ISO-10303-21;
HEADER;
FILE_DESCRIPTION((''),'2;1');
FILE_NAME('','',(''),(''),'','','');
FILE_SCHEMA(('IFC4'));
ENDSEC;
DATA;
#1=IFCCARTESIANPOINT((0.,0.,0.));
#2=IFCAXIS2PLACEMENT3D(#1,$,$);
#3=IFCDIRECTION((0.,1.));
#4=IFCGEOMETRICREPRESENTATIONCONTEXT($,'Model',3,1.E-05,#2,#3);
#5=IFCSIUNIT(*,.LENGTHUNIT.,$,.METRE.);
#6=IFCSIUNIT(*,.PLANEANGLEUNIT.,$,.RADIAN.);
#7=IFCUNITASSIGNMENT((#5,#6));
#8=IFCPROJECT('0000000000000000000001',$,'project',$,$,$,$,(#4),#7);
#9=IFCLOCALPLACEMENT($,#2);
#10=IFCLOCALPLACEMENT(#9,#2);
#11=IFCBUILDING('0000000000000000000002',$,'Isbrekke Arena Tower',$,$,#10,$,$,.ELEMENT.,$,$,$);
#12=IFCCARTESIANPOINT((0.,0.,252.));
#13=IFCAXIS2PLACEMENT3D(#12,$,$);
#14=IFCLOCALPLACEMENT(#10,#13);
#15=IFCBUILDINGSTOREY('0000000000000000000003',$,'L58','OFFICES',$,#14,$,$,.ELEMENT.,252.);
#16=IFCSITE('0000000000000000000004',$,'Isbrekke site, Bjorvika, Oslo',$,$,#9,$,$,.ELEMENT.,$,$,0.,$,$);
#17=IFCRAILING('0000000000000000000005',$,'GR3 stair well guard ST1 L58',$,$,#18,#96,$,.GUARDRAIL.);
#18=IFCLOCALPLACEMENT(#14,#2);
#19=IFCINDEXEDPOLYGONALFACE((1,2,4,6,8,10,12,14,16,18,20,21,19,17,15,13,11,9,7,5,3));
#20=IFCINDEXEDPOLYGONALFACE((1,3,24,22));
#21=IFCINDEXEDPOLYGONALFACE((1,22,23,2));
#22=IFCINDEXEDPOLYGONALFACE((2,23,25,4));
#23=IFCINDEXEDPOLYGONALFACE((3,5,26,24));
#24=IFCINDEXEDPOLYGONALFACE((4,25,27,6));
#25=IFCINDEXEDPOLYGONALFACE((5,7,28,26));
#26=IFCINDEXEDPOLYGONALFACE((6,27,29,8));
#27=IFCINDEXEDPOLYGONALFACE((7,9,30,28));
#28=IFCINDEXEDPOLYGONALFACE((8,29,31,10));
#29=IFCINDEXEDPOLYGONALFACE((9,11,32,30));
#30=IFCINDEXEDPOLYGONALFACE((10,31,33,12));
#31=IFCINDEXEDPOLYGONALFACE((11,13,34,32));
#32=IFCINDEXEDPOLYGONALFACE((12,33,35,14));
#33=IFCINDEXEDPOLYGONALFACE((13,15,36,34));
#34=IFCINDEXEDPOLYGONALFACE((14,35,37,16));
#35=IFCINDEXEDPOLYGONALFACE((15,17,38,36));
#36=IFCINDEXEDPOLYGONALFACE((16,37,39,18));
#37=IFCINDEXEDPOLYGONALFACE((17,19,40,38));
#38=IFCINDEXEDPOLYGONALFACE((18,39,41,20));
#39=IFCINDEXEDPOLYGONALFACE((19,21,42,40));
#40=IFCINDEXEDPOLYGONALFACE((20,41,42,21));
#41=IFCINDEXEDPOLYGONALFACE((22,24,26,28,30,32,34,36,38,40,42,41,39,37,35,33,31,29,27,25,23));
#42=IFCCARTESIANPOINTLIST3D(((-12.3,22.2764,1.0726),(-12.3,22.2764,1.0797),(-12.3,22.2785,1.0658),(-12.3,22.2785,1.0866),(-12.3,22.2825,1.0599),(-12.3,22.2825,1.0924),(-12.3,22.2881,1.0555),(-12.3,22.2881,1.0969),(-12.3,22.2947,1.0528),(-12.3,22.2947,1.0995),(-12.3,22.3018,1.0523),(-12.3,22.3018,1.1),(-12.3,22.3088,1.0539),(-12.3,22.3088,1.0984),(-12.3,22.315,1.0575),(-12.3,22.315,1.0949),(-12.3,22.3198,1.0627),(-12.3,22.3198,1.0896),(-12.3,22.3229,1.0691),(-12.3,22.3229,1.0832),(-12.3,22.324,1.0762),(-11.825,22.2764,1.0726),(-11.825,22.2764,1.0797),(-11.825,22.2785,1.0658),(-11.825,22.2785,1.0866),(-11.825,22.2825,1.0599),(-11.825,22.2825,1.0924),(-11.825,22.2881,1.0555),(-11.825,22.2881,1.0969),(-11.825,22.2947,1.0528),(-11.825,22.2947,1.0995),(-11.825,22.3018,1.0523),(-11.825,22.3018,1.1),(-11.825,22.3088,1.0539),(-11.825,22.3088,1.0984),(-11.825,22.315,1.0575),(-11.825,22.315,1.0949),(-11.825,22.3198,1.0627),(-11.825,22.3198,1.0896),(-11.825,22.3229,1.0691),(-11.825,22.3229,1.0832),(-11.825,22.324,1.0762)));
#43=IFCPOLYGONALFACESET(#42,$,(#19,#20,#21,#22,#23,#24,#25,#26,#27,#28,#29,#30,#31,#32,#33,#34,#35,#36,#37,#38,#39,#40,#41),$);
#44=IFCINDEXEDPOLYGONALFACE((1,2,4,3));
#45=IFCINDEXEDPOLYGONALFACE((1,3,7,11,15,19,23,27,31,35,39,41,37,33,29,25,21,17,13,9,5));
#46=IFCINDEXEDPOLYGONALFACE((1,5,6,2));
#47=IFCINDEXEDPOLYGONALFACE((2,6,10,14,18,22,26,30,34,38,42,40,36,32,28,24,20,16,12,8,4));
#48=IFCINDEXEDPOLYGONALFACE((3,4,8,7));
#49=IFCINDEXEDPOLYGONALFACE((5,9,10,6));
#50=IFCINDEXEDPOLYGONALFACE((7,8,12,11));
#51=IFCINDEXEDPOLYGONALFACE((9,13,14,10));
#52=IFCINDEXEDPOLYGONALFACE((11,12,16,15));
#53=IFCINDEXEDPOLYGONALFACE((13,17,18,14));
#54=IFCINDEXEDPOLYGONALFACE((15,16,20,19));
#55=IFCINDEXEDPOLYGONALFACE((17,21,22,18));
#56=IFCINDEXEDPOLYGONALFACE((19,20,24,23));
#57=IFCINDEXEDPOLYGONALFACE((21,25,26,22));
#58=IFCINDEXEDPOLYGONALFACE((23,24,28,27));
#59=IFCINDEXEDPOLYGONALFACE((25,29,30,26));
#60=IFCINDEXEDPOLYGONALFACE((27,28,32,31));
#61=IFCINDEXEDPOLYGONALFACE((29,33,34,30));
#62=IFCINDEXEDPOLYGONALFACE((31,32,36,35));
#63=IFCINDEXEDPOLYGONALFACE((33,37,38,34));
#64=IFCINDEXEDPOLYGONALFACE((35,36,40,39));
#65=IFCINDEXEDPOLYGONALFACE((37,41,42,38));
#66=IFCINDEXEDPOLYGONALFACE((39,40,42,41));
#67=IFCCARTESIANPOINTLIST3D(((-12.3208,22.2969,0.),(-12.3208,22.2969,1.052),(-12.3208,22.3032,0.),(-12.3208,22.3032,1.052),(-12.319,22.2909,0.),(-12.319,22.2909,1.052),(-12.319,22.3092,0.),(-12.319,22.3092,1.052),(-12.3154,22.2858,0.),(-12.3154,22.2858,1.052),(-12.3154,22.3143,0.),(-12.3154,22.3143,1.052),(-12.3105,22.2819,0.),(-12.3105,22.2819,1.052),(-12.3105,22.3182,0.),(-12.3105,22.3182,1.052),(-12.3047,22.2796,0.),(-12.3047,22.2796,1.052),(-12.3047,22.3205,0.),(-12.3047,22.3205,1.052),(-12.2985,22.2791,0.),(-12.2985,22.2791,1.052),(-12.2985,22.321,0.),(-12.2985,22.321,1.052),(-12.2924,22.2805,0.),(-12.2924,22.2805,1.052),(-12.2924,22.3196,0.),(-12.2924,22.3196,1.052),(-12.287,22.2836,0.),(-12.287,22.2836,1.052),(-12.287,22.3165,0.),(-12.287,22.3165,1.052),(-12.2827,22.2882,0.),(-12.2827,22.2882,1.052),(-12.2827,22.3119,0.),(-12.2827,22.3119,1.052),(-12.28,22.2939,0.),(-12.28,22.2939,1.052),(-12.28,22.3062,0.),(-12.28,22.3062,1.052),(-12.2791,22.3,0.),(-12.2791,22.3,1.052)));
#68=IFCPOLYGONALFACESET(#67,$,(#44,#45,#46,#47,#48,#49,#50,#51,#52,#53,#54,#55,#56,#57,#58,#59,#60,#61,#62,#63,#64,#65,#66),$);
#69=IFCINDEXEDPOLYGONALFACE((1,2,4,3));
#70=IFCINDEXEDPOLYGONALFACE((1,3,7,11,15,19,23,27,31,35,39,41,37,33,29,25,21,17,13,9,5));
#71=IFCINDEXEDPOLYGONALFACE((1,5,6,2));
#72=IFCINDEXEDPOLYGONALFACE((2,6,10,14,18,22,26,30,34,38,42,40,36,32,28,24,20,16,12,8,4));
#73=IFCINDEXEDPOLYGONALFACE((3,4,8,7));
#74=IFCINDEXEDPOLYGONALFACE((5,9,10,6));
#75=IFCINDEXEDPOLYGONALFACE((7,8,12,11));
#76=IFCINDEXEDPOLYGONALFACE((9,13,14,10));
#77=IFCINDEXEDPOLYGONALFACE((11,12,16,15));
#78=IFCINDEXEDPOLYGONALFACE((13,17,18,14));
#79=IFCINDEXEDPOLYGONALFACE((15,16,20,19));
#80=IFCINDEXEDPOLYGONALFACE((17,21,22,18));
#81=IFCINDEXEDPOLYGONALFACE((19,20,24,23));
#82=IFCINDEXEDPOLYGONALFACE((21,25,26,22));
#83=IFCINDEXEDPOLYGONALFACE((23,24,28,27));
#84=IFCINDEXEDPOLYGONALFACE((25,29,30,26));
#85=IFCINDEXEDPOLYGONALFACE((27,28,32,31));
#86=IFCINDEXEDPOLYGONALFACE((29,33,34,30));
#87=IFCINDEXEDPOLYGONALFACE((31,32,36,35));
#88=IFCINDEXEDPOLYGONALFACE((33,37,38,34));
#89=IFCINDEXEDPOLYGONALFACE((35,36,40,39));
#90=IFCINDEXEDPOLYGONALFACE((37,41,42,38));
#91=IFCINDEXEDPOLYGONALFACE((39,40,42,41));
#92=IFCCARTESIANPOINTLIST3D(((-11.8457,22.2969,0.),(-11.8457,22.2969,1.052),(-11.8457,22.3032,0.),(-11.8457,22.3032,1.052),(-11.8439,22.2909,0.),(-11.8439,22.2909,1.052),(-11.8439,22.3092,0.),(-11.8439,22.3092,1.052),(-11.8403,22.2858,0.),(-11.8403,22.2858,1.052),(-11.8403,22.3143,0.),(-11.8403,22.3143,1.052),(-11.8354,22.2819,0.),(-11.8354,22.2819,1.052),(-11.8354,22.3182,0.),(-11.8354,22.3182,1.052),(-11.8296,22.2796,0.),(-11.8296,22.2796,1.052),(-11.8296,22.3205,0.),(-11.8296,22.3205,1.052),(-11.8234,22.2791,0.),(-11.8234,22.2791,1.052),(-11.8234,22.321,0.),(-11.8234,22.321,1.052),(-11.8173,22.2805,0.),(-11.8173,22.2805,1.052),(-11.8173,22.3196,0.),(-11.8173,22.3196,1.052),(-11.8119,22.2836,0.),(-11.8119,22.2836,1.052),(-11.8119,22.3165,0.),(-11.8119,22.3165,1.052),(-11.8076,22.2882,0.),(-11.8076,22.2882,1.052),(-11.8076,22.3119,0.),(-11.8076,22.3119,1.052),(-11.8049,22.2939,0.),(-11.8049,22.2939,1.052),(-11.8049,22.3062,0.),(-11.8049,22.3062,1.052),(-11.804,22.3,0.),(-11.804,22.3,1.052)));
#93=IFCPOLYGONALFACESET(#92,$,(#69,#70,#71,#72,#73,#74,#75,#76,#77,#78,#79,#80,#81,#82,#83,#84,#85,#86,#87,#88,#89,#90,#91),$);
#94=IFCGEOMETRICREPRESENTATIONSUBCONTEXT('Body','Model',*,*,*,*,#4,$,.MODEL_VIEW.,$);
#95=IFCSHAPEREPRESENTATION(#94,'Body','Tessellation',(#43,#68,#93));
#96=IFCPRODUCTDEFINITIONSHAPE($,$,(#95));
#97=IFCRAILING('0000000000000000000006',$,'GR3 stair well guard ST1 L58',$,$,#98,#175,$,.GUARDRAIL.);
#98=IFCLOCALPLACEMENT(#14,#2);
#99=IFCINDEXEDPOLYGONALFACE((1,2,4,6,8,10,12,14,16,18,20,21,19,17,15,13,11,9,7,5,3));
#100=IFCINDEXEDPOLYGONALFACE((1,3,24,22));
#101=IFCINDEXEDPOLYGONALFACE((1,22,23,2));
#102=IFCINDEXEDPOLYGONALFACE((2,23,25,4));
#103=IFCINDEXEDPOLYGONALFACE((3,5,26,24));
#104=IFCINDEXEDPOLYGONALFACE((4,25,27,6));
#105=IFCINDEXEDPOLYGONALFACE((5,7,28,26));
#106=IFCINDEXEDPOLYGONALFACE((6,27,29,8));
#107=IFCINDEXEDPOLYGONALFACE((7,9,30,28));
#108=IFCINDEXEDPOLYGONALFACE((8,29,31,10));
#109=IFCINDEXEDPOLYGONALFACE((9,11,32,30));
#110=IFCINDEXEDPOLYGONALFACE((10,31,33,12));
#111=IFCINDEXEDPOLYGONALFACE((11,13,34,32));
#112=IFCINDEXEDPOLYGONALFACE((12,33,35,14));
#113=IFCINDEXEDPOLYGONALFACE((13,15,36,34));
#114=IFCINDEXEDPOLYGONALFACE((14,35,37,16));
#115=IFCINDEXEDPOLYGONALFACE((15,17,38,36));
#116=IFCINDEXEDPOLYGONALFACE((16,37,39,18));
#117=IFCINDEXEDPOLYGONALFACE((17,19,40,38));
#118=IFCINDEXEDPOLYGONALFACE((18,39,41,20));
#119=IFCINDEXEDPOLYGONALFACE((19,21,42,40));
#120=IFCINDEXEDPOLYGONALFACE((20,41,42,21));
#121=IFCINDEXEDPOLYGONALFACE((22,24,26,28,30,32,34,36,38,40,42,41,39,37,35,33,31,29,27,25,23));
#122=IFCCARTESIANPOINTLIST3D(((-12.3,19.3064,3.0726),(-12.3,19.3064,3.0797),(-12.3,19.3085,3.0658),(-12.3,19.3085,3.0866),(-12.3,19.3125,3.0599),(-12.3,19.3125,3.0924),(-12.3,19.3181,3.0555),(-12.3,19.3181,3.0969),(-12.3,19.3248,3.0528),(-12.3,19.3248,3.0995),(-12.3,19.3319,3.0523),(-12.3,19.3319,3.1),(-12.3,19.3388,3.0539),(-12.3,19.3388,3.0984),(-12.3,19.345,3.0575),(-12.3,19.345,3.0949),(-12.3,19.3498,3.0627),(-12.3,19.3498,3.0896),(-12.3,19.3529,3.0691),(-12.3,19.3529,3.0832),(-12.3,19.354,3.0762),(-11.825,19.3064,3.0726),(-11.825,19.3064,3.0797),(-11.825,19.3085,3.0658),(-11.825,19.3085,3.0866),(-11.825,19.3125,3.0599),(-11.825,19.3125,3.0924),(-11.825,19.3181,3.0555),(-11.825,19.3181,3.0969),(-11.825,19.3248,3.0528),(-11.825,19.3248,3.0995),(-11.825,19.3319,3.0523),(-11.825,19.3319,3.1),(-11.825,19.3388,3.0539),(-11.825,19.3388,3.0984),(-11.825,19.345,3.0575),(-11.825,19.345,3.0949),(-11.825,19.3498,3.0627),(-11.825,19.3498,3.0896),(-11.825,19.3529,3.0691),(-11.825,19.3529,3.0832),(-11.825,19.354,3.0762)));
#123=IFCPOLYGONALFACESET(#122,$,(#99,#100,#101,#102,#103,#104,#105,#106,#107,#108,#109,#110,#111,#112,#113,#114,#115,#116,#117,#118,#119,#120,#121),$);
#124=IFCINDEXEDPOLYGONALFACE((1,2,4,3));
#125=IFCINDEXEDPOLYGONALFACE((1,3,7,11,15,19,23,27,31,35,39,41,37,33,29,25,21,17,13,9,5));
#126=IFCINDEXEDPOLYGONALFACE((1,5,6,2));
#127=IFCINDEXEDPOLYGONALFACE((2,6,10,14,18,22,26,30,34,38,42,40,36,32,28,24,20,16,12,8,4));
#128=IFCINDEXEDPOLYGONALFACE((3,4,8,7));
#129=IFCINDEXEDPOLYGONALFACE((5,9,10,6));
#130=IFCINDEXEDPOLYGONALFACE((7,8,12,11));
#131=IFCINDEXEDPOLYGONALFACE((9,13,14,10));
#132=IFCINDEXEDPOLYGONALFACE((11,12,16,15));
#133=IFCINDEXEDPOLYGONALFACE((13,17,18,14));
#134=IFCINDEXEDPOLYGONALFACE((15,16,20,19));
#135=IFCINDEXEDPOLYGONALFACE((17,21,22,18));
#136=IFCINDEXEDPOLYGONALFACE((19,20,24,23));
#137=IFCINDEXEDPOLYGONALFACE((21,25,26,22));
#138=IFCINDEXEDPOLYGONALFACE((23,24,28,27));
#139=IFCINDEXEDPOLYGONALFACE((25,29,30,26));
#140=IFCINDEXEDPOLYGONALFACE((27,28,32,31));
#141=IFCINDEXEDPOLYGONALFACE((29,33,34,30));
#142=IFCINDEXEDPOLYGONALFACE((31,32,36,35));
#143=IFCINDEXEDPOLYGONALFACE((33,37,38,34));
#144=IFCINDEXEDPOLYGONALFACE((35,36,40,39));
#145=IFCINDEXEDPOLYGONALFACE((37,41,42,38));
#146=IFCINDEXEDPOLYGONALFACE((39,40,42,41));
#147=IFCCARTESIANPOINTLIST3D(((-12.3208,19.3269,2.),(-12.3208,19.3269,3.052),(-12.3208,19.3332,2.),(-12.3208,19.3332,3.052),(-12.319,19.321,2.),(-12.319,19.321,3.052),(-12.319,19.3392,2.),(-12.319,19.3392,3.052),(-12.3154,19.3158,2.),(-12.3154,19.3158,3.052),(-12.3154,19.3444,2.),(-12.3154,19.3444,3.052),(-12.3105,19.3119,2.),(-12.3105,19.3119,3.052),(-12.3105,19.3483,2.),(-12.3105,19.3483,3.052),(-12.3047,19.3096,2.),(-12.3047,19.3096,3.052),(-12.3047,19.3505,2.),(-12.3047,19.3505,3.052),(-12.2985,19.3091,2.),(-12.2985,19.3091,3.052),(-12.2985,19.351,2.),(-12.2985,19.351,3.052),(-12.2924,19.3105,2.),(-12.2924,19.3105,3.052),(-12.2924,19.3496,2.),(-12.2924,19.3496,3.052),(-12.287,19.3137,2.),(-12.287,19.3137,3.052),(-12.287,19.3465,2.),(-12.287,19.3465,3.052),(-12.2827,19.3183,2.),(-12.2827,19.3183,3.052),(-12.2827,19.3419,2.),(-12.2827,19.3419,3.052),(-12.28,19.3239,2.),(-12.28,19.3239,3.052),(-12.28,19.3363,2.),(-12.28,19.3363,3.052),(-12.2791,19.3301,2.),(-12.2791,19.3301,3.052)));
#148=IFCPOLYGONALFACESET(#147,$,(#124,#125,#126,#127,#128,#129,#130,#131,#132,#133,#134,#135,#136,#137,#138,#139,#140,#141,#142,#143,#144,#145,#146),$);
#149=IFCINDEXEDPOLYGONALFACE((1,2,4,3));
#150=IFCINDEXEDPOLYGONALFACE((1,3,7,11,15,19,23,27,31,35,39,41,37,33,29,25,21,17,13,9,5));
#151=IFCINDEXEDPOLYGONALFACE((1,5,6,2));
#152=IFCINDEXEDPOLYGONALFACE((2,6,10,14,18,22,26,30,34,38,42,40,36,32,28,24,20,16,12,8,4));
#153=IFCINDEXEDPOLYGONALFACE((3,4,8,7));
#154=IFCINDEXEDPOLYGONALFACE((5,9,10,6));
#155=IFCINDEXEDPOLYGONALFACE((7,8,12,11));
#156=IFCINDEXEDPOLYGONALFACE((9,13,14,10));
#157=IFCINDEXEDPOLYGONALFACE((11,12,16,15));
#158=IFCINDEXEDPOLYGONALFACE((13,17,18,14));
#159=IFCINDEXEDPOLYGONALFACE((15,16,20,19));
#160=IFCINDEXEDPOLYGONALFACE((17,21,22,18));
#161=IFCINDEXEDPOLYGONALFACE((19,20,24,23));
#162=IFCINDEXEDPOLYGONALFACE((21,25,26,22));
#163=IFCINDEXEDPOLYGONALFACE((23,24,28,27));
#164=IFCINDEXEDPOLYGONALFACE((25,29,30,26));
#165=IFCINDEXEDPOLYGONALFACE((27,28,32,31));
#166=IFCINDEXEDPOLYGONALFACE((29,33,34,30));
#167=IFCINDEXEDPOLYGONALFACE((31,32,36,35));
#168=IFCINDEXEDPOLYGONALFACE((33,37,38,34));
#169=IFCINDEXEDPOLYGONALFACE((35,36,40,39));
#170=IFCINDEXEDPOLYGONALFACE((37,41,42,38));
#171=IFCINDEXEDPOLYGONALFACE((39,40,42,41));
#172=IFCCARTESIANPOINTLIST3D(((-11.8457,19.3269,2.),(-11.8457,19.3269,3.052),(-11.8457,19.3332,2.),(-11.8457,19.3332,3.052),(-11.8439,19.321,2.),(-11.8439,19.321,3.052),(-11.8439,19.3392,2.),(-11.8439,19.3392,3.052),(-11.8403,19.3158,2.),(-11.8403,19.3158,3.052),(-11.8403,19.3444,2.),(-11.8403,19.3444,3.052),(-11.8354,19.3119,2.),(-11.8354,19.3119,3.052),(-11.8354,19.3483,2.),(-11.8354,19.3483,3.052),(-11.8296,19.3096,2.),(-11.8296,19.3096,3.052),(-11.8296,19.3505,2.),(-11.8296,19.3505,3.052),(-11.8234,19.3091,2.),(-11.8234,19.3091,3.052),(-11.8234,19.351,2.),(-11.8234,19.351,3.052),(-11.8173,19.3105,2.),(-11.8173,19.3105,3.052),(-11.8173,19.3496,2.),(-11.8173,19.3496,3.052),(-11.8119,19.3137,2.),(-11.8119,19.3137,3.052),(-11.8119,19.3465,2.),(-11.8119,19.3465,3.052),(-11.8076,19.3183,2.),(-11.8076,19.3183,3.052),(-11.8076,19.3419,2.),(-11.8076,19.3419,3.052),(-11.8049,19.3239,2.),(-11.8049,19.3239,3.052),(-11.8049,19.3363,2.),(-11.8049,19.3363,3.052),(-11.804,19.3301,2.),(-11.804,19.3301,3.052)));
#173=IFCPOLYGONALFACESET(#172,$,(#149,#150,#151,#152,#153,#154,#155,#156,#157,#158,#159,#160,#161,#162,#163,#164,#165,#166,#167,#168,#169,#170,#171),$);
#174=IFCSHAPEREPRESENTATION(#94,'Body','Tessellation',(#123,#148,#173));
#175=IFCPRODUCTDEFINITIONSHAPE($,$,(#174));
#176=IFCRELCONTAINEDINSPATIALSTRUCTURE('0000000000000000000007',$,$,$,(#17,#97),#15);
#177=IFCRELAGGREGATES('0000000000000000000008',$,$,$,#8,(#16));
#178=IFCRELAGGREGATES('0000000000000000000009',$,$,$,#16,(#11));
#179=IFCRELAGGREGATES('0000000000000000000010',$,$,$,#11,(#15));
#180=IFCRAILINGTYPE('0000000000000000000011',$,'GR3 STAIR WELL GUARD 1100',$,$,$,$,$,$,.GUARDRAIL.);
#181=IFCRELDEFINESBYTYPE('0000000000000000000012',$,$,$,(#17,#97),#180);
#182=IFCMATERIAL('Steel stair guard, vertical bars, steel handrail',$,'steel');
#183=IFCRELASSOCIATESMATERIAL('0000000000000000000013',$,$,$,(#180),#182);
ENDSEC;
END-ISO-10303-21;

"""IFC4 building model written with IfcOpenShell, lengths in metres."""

from ifc_helpers import new_model, si_unit, direction, frame, origin, origin_2d, place, context, subcontext, project, spatial, circle, extrude, material, type_object, element, save


model = new_model("IFC4")

# Units and contexts
model_context = context("Model", 3, precision=1e-05, world=origin(), true_north=direction((0.0, 1.0)))
body_context = subcontext(model_context, "Body", "Model", "MODEL_VIEW")
ifc_project = project(units=[si_unit("LENGTHUNIT", "METRE"), si_unit("PLANEANGLEUNIT", "RADIAN")], contexts=[model_context])

# Site, building, storey
site_placement = place(None, origin())
site = spatial("IfcSite", under=ifc_project, at=site_placement, Name="Isbrekke site, Bjorvika, Oslo", CompositionType="ELEMENT", RefElevation=0.0)
building_placement = place(site_placement, origin())
building = spatial("IfcBuilding", under=site, at=building_placement, Name="Isbrekke Arena Tower", CompositionType="ELEMENT")
storey_placement = place(building_placement, frame((0.0, 0.0, 252.0)))
storey = spatial("IfcBuildingStorey", under=building, at=storey_placement, Name="L58", Description="OFFICES", CompositionType="ELEMENT", Elevation=252.0)

# Railings
ifc_material_1 = material(Name="Steel stair guard, vertical bars, steel handrail", Category="steel")
railing_type = type_object("IfcRailingType", Name="GR3 STAIR WELL GUARD 1100", PredefinedType="GUARDRAIL", material=ifc_material_1)
for number, where, name in (
    (1, (-12.3, 22.3, 0.0), "GR3 stair well guard ST1 L58"),
    (2, (-12.3, 19.3301, 2.0), "GR3 stair well guard ST1 L58"),
):
    element("IfcRailing", number, at=place(storey_placement, frame(where)), inside=storey, type_object=railing_type, Name=name, PredefinedType="GUARDRAIL", context=body_context, shape_type="SweptSolid", body=[
        extrude(circle(Radius=0.0239, at=origin_2d()), frame((0.0, 0.0, 1.0762), z_axis=(1.0, 0.0, 0.0), x_axis=(0.0, 1.0, 0.0)), (0.0, 0.0, 1.0), 0.4751),
        extrude(circle(Radius=0.021, at=origin_2d()), origin(), (0.0, 0.0, 1.0), 1.052),
        extrude(circle(Radius=0.021, at=origin_2d()), frame((0.4751, 0.0, 0.0)), (0.0, 0.0, 1.0), 1.052),
    ])

save(model, "model.ifc")
